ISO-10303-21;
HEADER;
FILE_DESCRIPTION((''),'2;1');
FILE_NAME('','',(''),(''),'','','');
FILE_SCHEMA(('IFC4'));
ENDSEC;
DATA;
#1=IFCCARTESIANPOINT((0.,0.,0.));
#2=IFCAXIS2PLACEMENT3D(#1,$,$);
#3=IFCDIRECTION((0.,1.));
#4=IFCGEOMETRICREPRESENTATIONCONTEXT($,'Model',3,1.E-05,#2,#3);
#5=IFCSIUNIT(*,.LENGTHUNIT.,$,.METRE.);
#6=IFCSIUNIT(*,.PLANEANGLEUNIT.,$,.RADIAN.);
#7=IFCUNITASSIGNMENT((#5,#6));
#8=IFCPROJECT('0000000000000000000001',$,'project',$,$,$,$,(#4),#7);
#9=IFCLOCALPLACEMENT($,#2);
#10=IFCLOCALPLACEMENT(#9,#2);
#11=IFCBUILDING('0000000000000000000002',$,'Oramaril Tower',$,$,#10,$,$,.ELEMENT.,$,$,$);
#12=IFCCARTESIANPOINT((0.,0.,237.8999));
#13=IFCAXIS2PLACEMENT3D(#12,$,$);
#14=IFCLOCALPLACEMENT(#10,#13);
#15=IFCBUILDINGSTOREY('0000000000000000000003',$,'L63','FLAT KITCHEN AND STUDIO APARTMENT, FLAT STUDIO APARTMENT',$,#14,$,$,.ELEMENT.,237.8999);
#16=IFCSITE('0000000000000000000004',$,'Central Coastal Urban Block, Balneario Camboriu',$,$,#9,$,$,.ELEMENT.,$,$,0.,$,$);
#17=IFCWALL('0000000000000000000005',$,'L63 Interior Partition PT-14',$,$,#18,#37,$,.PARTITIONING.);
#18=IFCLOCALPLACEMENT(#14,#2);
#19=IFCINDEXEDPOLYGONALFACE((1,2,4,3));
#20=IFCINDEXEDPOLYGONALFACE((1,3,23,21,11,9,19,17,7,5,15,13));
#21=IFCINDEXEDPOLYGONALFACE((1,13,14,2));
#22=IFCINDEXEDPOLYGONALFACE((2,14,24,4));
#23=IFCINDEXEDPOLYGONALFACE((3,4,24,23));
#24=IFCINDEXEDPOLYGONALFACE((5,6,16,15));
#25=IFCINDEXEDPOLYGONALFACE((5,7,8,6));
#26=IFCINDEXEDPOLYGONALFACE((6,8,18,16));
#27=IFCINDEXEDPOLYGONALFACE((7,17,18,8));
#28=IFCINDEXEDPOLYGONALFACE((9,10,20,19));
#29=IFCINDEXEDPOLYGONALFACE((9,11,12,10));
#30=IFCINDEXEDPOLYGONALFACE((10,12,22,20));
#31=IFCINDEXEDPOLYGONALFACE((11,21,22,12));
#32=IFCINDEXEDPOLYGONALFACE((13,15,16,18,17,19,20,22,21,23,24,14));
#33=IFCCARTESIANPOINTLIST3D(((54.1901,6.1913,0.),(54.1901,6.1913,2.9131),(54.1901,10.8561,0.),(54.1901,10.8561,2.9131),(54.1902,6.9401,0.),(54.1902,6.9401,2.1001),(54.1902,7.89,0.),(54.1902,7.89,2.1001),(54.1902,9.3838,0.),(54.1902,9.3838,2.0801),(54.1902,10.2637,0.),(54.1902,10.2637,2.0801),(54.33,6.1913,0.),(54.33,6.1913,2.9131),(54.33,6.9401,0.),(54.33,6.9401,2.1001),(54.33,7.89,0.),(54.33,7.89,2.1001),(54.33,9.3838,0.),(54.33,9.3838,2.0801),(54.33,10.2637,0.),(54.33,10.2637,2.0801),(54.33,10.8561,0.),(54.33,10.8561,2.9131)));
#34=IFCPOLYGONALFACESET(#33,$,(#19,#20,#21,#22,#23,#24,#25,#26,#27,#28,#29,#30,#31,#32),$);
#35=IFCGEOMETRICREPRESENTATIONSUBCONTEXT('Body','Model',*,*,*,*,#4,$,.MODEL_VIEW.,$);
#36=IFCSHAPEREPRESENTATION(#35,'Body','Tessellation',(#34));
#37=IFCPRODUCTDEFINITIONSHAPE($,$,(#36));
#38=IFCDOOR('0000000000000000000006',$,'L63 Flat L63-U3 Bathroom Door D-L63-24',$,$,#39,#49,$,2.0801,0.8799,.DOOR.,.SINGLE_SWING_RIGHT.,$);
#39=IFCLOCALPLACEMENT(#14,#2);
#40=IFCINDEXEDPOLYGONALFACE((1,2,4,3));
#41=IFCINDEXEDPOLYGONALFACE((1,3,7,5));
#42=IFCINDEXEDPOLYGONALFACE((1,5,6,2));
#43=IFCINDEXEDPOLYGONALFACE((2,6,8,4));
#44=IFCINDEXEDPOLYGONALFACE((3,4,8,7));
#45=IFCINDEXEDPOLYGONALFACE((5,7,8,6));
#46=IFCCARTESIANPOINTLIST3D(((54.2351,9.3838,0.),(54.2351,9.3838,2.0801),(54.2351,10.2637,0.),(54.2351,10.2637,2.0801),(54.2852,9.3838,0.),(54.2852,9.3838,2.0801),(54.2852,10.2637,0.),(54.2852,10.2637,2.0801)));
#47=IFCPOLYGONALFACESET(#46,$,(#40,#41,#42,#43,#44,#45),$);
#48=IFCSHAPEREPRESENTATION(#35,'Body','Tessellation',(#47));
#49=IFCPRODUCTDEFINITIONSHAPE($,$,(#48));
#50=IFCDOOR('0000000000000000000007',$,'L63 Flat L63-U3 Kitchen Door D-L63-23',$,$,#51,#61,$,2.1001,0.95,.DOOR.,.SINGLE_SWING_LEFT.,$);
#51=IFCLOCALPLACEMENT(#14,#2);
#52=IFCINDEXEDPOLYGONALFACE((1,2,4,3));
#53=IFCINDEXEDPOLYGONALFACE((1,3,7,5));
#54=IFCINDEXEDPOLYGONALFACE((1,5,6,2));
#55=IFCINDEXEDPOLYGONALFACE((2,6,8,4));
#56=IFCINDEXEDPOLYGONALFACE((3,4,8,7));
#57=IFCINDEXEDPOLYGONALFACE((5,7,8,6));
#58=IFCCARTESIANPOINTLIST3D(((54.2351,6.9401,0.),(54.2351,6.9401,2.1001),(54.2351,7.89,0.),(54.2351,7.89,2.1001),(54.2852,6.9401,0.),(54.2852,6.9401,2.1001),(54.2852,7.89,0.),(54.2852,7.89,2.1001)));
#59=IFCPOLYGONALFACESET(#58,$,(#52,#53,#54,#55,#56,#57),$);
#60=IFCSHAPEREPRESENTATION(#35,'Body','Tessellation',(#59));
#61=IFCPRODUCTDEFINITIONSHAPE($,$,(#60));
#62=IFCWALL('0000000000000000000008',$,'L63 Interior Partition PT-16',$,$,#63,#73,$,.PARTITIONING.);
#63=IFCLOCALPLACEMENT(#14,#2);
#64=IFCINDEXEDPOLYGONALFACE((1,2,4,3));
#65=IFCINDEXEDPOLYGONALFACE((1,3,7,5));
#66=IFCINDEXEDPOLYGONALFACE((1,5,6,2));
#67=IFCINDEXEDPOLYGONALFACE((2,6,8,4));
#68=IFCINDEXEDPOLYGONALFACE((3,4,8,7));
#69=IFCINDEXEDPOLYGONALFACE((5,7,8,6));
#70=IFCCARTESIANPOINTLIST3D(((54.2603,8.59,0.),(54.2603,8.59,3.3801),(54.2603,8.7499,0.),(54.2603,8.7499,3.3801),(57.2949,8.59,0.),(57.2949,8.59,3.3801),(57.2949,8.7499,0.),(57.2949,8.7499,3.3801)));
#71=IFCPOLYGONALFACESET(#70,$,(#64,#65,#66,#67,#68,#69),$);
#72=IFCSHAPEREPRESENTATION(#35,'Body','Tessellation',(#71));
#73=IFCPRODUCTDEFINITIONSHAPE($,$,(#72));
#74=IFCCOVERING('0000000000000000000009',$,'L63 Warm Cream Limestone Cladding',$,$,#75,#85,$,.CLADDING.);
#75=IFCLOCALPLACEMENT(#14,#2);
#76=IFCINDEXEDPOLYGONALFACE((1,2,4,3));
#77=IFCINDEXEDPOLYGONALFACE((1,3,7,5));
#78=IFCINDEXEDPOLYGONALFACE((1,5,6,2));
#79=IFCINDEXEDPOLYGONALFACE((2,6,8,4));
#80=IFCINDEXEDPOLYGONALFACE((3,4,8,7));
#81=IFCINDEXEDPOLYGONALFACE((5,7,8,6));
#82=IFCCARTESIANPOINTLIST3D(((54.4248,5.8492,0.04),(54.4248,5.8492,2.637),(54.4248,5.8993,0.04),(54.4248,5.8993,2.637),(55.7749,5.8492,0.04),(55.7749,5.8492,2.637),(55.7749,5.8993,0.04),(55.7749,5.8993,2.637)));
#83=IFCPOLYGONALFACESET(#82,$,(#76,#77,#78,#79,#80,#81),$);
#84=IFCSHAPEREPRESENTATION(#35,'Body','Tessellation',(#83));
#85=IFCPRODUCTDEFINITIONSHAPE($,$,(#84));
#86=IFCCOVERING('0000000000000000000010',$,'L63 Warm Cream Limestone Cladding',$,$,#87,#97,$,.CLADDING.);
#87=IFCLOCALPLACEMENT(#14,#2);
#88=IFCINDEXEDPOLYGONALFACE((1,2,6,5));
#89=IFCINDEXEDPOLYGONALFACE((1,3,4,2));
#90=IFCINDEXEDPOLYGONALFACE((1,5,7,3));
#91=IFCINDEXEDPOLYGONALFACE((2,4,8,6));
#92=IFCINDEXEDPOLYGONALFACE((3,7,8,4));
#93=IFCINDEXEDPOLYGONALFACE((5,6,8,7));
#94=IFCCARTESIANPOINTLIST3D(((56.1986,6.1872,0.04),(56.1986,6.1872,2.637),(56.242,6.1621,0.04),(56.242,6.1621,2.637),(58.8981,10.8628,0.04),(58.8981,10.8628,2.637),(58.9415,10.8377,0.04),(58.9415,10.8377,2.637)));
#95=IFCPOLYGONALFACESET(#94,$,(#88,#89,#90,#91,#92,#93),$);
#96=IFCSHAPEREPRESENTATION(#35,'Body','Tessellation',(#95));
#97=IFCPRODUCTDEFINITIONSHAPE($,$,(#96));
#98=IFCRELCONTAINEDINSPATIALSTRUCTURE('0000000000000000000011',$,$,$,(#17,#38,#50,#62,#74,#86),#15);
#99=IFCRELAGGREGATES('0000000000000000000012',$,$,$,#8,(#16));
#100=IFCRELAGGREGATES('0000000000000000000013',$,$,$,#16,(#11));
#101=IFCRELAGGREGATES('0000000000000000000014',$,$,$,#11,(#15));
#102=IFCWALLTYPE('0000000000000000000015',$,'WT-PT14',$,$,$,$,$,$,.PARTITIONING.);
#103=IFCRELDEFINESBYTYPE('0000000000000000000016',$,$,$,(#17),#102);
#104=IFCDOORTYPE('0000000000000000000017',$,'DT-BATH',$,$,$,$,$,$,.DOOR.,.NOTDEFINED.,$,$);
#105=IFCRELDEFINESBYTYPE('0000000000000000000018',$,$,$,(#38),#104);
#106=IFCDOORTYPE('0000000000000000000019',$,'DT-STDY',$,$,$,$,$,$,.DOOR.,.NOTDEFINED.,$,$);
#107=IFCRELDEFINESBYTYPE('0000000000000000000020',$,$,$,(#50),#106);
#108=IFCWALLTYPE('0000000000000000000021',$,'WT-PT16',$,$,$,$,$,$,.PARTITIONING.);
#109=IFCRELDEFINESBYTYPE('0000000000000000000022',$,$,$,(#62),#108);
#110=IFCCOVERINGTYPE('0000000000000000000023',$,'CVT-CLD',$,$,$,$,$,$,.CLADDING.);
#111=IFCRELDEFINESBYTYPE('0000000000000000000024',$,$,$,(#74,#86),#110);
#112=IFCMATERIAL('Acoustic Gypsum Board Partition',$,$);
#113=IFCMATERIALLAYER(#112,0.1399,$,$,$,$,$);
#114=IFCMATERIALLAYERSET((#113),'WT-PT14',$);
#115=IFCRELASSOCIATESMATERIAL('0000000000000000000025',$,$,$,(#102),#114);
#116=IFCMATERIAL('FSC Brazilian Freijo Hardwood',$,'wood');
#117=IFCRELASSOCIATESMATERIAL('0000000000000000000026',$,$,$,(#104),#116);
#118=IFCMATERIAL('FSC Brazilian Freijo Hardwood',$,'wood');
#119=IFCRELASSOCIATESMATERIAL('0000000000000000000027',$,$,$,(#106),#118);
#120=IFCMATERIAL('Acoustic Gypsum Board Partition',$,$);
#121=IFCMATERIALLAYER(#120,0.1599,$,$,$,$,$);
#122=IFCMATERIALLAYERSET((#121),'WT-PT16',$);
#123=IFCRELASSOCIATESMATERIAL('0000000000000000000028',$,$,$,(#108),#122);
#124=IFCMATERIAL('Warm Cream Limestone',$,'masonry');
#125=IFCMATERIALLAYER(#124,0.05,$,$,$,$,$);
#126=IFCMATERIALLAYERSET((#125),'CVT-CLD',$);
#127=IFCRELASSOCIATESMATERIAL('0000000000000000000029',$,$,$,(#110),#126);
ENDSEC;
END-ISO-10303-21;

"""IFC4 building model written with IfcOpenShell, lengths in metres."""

from ifc_helpers import new_model, si_unit, direction, frame, frame_2d, origin, origin_2d, place, context, subcontext, project, spatial, rectangle, extrude, material, layer, layer_set, type_object, element, fill, save


model = new_model("IFC4")

# Units and contexts
model_context = context("Model", 3, precision=1e-05, world=origin(), true_north=direction((0.0, 1.0)))
body_context = subcontext(model_context, "Body", "Model", "MODEL_VIEW")
ifc_project = project(units=[si_unit("LENGTHUNIT", "METRE"), si_unit("PLANEANGLEUNIT", "RADIAN")], contexts=[model_context])

# Site, building, storey
site_placement = place(None, origin())
site = spatial("IfcSite", under=ifc_project, at=site_placement, Name="Central Coastal Urban Block, Balneario Camboriu", CompositionType="ELEMENT", RefElevation=0.0)
building_placement = place(site_placement, origin())
building = spatial("IfcBuilding", under=site, at=building_placement, Name="Oramaril Tower", CompositionType="ELEMENT")
storey_placement = place(building_placement, frame((0.0, 0.0, 237.8999)))
storey = spatial("IfcBuildingStorey", under=building, at=storey_placement, Name="L63", Description="FLAT KITCHEN AND STUDIO APARTMENT, FLAT STUDIO APARTMENT", CompositionType="ELEMENT", Elevation=237.8999)

# Wall, openings, doors
ifc_material_1 = material(Name="Acoustic Gypsum Board Partition")
ifc_layer_1 = layer(ifc_material_1, 0.1399)
ifc_layer_set_1 = layer_set([ifc_layer_1], Name="WT-PT14")
wall_type_1 = type_object("IfcWallType", Name="WT-PT14", PredefinedType="PARTITIONING", material=ifc_layer_set_1)
wall_1_placement = place(storey_placement, frame((54.26, 6.1912, 0.0), z_axis=(0.0, 0.0, 1.0), x_axis=(0.0, 1.0, 0.0)))
wall_1 = element("IfcWall", 1, at=wall_1_placement, inside=storey, type_object=wall_type_1, Name="L63 Interior Partition PT-14", PredefinedType="PARTITIONING", context=body_context, shape_type="SweptSolid", body=[
    extrude(rectangle(XDim=4.6648, YDim=0.1399, at=frame_2d((2.3325, 0.0))), origin(), (0.0, 0.0, 1.0), 2.9131),
])
opening_1_placement = place(wall_1_placement, frame((0.7488, 0.0, 0.0)))
opening_1 = element("IfcOpeningElement", 2, at=opening_1_placement, cuts=wall_1, PredefinedType="OPENING", context=body_context, shape_type="SweptSolid", body=[
    extrude(rectangle(XDim=0.95, YDim=2.1001, at=frame_2d((0.4751, 1.05))), frame((0.0, 0.0698, 0.0), z_axis=(0.0, -1.0, 0.0), x_axis=(1.0, 0.0, 0.0)), (0.0, 0.0, 1.0), 0.1399),
])
opening_2_placement = place(wall_1_placement, frame((3.1926, 0.0, 0.0)))
opening_2 = element("IfcOpeningElement", 3, at=opening_2_placement, cuts=wall_1, PredefinedType="OPENING", context=body_context, shape_type="SweptSolid", body=[
    extrude(rectangle(XDim=0.8799, YDim=2.0801, at=frame_2d((0.4399, 1.04))), frame((0.0, 0.0698, 0.0), z_axis=(0.0, -1.0, 0.0), x_axis=(1.0, 0.0, 0.0)), (0.0, 0.0, 1.0), 0.1399),
])
ifc_material_2 = material(Name="FSC Brazilian Freijo Hardwood", Category="wood")
door_type_1 = type_object("IfcDoorType", Name="DT-BATH", OperationType="NOTDEFINED", PredefinedType="DOOR", material=ifc_material_2)
door_1_placement = place(opening_2_placement, origin())
door_1 = element("IfcDoor", 4, at=door_1_placement, inside=storey, type_object=door_type_1, Name="L63 Flat L63-U3 Bathroom Door D-L63-24", OperationType="SINGLE_SWING_RIGHT", OverallHeight=2.0801, OverallWidth=0.8799, PredefinedType="DOOR", context=body_context, shape_type="SweptSolid", body=[
    extrude(rectangle(XDim=0.8799, YDim=2.0801, at=frame_2d((0.4399, 1.04))), frame((0.0, 0.0249, 0.0), z_axis=(0.0, -1.0, 0.0), x_axis=(1.0, 0.0, 0.0)), (0.0, 0.0, 1.0), 0.05),
])
fill(opening_2, door_1)
ifc_material_3 = material(Name="FSC Brazilian Freijo Hardwood", Category="wood")
door_type_2 = type_object("IfcDoorType", Name="DT-STDY", OperationType="NOTDEFINED", PredefinedType="DOOR", material=ifc_material_3)
door_2_placement = place(opening_1_placement, origin())
door_2 = element("IfcDoor", 5, at=door_2_placement, inside=storey, type_object=door_type_2, Name="L63 Flat L63-U3 Kitchen Door D-L63-23", OperationType="SINGLE_SWING_LEFT", OverallHeight=2.1001, OverallWidth=0.95, PredefinedType="DOOR", context=body_context, shape_type="SweptSolid", body=[
    extrude(rectangle(XDim=0.95, YDim=2.1001, at=frame_2d((0.4751, 1.05))), frame((0.0, 0.0249, 0.0), z_axis=(0.0, -1.0, 0.0), x_axis=(1.0, 0.0, 0.0)), (0.0, 0.0, 1.0), 0.05),
])
fill(opening_1, door_2)

# Wall
ifc_material_4 = material(Name="Acoustic Gypsum Board Partition")
ifc_layer_2 = layer(ifc_material_4, 0.1599)
ifc_layer_set_2 = layer_set([ifc_layer_2], Name="WT-PT16")
wall_type_2 = type_object("IfcWallType", Name="WT-PT16", PredefinedType="PARTITIONING", material=ifc_layer_set_2)
wall_2_placement = place(storey_placement, frame((54.2603, 8.6699, 0.0), z_axis=(0.0, 0.0, 1.0), x_axis=(1.0, 0.0, 0.0)))
element("IfcWall", 6, at=wall_2_placement, inside=storey, type_object=wall_type_2, Name="L63 Interior Partition PT-16", PredefinedType="PARTITIONING", context=body_context, shape_type="SweptSolid", body=[
    extrude(rectangle(XDim=3.0347, YDim=0.1599, at=frame_2d((1.5173, 0.0))), origin(), (0.0, 0.0, 1.0), 3.3801),
])

# Coverings
ifc_material_5 = material(Name="Warm Cream Limestone", Category="masonry")
ifc_layer_3 = layer(ifc_material_5, 0.05)
ifc_layer_set_3 = layer_set([ifc_layer_3], Name="CVT-CLD")
covering_type = type_object("IfcCoveringType", Name="CVT-CLD", PredefinedType="CLADDING", material=ifc_layer_set_3)
covering_1_placement = place(storey_placement, frame((55.0999, 5.8743, 0.04), z_axis=(0.0, 0.0, 1.0), x_axis=(1.0, 0.0, 0.0)))
element("IfcCovering", 7, at=covering_1_placement, inside=storey, type_object=covering_type, Name="L63 Warm Cream Limestone Cladding", PredefinedType="CLADDING", context=body_context, shape_type="SweptSolid", body=[
    extrude(rectangle(XDim=1.3501, YDim=0.05, at=origin_2d()), origin(), (0.0, 0.0, 1.0), 2.5969),
])
covering_2_placement = place(storey_placement, frame((57.5701, 8.5125, 0.04), z_axis=(0.0, 0.0, 1.0), x_axis=(0.500006, 0.866022, 0.0)))
element("IfcCovering", 8, at=covering_2_placement, inside=storey, type_object=covering_type, Name="L63 Warm Cream Limestone Cladding", PredefinedType="CLADDING", context=body_context, shape_type="SweptSolid", body=[
    extrude(rectangle(XDim=5.3989, YDim=0.05, at=origin_2d()), origin(), (0.0, 0.0, 1.0), 2.5969),
])

save(model, "model.ifc")
